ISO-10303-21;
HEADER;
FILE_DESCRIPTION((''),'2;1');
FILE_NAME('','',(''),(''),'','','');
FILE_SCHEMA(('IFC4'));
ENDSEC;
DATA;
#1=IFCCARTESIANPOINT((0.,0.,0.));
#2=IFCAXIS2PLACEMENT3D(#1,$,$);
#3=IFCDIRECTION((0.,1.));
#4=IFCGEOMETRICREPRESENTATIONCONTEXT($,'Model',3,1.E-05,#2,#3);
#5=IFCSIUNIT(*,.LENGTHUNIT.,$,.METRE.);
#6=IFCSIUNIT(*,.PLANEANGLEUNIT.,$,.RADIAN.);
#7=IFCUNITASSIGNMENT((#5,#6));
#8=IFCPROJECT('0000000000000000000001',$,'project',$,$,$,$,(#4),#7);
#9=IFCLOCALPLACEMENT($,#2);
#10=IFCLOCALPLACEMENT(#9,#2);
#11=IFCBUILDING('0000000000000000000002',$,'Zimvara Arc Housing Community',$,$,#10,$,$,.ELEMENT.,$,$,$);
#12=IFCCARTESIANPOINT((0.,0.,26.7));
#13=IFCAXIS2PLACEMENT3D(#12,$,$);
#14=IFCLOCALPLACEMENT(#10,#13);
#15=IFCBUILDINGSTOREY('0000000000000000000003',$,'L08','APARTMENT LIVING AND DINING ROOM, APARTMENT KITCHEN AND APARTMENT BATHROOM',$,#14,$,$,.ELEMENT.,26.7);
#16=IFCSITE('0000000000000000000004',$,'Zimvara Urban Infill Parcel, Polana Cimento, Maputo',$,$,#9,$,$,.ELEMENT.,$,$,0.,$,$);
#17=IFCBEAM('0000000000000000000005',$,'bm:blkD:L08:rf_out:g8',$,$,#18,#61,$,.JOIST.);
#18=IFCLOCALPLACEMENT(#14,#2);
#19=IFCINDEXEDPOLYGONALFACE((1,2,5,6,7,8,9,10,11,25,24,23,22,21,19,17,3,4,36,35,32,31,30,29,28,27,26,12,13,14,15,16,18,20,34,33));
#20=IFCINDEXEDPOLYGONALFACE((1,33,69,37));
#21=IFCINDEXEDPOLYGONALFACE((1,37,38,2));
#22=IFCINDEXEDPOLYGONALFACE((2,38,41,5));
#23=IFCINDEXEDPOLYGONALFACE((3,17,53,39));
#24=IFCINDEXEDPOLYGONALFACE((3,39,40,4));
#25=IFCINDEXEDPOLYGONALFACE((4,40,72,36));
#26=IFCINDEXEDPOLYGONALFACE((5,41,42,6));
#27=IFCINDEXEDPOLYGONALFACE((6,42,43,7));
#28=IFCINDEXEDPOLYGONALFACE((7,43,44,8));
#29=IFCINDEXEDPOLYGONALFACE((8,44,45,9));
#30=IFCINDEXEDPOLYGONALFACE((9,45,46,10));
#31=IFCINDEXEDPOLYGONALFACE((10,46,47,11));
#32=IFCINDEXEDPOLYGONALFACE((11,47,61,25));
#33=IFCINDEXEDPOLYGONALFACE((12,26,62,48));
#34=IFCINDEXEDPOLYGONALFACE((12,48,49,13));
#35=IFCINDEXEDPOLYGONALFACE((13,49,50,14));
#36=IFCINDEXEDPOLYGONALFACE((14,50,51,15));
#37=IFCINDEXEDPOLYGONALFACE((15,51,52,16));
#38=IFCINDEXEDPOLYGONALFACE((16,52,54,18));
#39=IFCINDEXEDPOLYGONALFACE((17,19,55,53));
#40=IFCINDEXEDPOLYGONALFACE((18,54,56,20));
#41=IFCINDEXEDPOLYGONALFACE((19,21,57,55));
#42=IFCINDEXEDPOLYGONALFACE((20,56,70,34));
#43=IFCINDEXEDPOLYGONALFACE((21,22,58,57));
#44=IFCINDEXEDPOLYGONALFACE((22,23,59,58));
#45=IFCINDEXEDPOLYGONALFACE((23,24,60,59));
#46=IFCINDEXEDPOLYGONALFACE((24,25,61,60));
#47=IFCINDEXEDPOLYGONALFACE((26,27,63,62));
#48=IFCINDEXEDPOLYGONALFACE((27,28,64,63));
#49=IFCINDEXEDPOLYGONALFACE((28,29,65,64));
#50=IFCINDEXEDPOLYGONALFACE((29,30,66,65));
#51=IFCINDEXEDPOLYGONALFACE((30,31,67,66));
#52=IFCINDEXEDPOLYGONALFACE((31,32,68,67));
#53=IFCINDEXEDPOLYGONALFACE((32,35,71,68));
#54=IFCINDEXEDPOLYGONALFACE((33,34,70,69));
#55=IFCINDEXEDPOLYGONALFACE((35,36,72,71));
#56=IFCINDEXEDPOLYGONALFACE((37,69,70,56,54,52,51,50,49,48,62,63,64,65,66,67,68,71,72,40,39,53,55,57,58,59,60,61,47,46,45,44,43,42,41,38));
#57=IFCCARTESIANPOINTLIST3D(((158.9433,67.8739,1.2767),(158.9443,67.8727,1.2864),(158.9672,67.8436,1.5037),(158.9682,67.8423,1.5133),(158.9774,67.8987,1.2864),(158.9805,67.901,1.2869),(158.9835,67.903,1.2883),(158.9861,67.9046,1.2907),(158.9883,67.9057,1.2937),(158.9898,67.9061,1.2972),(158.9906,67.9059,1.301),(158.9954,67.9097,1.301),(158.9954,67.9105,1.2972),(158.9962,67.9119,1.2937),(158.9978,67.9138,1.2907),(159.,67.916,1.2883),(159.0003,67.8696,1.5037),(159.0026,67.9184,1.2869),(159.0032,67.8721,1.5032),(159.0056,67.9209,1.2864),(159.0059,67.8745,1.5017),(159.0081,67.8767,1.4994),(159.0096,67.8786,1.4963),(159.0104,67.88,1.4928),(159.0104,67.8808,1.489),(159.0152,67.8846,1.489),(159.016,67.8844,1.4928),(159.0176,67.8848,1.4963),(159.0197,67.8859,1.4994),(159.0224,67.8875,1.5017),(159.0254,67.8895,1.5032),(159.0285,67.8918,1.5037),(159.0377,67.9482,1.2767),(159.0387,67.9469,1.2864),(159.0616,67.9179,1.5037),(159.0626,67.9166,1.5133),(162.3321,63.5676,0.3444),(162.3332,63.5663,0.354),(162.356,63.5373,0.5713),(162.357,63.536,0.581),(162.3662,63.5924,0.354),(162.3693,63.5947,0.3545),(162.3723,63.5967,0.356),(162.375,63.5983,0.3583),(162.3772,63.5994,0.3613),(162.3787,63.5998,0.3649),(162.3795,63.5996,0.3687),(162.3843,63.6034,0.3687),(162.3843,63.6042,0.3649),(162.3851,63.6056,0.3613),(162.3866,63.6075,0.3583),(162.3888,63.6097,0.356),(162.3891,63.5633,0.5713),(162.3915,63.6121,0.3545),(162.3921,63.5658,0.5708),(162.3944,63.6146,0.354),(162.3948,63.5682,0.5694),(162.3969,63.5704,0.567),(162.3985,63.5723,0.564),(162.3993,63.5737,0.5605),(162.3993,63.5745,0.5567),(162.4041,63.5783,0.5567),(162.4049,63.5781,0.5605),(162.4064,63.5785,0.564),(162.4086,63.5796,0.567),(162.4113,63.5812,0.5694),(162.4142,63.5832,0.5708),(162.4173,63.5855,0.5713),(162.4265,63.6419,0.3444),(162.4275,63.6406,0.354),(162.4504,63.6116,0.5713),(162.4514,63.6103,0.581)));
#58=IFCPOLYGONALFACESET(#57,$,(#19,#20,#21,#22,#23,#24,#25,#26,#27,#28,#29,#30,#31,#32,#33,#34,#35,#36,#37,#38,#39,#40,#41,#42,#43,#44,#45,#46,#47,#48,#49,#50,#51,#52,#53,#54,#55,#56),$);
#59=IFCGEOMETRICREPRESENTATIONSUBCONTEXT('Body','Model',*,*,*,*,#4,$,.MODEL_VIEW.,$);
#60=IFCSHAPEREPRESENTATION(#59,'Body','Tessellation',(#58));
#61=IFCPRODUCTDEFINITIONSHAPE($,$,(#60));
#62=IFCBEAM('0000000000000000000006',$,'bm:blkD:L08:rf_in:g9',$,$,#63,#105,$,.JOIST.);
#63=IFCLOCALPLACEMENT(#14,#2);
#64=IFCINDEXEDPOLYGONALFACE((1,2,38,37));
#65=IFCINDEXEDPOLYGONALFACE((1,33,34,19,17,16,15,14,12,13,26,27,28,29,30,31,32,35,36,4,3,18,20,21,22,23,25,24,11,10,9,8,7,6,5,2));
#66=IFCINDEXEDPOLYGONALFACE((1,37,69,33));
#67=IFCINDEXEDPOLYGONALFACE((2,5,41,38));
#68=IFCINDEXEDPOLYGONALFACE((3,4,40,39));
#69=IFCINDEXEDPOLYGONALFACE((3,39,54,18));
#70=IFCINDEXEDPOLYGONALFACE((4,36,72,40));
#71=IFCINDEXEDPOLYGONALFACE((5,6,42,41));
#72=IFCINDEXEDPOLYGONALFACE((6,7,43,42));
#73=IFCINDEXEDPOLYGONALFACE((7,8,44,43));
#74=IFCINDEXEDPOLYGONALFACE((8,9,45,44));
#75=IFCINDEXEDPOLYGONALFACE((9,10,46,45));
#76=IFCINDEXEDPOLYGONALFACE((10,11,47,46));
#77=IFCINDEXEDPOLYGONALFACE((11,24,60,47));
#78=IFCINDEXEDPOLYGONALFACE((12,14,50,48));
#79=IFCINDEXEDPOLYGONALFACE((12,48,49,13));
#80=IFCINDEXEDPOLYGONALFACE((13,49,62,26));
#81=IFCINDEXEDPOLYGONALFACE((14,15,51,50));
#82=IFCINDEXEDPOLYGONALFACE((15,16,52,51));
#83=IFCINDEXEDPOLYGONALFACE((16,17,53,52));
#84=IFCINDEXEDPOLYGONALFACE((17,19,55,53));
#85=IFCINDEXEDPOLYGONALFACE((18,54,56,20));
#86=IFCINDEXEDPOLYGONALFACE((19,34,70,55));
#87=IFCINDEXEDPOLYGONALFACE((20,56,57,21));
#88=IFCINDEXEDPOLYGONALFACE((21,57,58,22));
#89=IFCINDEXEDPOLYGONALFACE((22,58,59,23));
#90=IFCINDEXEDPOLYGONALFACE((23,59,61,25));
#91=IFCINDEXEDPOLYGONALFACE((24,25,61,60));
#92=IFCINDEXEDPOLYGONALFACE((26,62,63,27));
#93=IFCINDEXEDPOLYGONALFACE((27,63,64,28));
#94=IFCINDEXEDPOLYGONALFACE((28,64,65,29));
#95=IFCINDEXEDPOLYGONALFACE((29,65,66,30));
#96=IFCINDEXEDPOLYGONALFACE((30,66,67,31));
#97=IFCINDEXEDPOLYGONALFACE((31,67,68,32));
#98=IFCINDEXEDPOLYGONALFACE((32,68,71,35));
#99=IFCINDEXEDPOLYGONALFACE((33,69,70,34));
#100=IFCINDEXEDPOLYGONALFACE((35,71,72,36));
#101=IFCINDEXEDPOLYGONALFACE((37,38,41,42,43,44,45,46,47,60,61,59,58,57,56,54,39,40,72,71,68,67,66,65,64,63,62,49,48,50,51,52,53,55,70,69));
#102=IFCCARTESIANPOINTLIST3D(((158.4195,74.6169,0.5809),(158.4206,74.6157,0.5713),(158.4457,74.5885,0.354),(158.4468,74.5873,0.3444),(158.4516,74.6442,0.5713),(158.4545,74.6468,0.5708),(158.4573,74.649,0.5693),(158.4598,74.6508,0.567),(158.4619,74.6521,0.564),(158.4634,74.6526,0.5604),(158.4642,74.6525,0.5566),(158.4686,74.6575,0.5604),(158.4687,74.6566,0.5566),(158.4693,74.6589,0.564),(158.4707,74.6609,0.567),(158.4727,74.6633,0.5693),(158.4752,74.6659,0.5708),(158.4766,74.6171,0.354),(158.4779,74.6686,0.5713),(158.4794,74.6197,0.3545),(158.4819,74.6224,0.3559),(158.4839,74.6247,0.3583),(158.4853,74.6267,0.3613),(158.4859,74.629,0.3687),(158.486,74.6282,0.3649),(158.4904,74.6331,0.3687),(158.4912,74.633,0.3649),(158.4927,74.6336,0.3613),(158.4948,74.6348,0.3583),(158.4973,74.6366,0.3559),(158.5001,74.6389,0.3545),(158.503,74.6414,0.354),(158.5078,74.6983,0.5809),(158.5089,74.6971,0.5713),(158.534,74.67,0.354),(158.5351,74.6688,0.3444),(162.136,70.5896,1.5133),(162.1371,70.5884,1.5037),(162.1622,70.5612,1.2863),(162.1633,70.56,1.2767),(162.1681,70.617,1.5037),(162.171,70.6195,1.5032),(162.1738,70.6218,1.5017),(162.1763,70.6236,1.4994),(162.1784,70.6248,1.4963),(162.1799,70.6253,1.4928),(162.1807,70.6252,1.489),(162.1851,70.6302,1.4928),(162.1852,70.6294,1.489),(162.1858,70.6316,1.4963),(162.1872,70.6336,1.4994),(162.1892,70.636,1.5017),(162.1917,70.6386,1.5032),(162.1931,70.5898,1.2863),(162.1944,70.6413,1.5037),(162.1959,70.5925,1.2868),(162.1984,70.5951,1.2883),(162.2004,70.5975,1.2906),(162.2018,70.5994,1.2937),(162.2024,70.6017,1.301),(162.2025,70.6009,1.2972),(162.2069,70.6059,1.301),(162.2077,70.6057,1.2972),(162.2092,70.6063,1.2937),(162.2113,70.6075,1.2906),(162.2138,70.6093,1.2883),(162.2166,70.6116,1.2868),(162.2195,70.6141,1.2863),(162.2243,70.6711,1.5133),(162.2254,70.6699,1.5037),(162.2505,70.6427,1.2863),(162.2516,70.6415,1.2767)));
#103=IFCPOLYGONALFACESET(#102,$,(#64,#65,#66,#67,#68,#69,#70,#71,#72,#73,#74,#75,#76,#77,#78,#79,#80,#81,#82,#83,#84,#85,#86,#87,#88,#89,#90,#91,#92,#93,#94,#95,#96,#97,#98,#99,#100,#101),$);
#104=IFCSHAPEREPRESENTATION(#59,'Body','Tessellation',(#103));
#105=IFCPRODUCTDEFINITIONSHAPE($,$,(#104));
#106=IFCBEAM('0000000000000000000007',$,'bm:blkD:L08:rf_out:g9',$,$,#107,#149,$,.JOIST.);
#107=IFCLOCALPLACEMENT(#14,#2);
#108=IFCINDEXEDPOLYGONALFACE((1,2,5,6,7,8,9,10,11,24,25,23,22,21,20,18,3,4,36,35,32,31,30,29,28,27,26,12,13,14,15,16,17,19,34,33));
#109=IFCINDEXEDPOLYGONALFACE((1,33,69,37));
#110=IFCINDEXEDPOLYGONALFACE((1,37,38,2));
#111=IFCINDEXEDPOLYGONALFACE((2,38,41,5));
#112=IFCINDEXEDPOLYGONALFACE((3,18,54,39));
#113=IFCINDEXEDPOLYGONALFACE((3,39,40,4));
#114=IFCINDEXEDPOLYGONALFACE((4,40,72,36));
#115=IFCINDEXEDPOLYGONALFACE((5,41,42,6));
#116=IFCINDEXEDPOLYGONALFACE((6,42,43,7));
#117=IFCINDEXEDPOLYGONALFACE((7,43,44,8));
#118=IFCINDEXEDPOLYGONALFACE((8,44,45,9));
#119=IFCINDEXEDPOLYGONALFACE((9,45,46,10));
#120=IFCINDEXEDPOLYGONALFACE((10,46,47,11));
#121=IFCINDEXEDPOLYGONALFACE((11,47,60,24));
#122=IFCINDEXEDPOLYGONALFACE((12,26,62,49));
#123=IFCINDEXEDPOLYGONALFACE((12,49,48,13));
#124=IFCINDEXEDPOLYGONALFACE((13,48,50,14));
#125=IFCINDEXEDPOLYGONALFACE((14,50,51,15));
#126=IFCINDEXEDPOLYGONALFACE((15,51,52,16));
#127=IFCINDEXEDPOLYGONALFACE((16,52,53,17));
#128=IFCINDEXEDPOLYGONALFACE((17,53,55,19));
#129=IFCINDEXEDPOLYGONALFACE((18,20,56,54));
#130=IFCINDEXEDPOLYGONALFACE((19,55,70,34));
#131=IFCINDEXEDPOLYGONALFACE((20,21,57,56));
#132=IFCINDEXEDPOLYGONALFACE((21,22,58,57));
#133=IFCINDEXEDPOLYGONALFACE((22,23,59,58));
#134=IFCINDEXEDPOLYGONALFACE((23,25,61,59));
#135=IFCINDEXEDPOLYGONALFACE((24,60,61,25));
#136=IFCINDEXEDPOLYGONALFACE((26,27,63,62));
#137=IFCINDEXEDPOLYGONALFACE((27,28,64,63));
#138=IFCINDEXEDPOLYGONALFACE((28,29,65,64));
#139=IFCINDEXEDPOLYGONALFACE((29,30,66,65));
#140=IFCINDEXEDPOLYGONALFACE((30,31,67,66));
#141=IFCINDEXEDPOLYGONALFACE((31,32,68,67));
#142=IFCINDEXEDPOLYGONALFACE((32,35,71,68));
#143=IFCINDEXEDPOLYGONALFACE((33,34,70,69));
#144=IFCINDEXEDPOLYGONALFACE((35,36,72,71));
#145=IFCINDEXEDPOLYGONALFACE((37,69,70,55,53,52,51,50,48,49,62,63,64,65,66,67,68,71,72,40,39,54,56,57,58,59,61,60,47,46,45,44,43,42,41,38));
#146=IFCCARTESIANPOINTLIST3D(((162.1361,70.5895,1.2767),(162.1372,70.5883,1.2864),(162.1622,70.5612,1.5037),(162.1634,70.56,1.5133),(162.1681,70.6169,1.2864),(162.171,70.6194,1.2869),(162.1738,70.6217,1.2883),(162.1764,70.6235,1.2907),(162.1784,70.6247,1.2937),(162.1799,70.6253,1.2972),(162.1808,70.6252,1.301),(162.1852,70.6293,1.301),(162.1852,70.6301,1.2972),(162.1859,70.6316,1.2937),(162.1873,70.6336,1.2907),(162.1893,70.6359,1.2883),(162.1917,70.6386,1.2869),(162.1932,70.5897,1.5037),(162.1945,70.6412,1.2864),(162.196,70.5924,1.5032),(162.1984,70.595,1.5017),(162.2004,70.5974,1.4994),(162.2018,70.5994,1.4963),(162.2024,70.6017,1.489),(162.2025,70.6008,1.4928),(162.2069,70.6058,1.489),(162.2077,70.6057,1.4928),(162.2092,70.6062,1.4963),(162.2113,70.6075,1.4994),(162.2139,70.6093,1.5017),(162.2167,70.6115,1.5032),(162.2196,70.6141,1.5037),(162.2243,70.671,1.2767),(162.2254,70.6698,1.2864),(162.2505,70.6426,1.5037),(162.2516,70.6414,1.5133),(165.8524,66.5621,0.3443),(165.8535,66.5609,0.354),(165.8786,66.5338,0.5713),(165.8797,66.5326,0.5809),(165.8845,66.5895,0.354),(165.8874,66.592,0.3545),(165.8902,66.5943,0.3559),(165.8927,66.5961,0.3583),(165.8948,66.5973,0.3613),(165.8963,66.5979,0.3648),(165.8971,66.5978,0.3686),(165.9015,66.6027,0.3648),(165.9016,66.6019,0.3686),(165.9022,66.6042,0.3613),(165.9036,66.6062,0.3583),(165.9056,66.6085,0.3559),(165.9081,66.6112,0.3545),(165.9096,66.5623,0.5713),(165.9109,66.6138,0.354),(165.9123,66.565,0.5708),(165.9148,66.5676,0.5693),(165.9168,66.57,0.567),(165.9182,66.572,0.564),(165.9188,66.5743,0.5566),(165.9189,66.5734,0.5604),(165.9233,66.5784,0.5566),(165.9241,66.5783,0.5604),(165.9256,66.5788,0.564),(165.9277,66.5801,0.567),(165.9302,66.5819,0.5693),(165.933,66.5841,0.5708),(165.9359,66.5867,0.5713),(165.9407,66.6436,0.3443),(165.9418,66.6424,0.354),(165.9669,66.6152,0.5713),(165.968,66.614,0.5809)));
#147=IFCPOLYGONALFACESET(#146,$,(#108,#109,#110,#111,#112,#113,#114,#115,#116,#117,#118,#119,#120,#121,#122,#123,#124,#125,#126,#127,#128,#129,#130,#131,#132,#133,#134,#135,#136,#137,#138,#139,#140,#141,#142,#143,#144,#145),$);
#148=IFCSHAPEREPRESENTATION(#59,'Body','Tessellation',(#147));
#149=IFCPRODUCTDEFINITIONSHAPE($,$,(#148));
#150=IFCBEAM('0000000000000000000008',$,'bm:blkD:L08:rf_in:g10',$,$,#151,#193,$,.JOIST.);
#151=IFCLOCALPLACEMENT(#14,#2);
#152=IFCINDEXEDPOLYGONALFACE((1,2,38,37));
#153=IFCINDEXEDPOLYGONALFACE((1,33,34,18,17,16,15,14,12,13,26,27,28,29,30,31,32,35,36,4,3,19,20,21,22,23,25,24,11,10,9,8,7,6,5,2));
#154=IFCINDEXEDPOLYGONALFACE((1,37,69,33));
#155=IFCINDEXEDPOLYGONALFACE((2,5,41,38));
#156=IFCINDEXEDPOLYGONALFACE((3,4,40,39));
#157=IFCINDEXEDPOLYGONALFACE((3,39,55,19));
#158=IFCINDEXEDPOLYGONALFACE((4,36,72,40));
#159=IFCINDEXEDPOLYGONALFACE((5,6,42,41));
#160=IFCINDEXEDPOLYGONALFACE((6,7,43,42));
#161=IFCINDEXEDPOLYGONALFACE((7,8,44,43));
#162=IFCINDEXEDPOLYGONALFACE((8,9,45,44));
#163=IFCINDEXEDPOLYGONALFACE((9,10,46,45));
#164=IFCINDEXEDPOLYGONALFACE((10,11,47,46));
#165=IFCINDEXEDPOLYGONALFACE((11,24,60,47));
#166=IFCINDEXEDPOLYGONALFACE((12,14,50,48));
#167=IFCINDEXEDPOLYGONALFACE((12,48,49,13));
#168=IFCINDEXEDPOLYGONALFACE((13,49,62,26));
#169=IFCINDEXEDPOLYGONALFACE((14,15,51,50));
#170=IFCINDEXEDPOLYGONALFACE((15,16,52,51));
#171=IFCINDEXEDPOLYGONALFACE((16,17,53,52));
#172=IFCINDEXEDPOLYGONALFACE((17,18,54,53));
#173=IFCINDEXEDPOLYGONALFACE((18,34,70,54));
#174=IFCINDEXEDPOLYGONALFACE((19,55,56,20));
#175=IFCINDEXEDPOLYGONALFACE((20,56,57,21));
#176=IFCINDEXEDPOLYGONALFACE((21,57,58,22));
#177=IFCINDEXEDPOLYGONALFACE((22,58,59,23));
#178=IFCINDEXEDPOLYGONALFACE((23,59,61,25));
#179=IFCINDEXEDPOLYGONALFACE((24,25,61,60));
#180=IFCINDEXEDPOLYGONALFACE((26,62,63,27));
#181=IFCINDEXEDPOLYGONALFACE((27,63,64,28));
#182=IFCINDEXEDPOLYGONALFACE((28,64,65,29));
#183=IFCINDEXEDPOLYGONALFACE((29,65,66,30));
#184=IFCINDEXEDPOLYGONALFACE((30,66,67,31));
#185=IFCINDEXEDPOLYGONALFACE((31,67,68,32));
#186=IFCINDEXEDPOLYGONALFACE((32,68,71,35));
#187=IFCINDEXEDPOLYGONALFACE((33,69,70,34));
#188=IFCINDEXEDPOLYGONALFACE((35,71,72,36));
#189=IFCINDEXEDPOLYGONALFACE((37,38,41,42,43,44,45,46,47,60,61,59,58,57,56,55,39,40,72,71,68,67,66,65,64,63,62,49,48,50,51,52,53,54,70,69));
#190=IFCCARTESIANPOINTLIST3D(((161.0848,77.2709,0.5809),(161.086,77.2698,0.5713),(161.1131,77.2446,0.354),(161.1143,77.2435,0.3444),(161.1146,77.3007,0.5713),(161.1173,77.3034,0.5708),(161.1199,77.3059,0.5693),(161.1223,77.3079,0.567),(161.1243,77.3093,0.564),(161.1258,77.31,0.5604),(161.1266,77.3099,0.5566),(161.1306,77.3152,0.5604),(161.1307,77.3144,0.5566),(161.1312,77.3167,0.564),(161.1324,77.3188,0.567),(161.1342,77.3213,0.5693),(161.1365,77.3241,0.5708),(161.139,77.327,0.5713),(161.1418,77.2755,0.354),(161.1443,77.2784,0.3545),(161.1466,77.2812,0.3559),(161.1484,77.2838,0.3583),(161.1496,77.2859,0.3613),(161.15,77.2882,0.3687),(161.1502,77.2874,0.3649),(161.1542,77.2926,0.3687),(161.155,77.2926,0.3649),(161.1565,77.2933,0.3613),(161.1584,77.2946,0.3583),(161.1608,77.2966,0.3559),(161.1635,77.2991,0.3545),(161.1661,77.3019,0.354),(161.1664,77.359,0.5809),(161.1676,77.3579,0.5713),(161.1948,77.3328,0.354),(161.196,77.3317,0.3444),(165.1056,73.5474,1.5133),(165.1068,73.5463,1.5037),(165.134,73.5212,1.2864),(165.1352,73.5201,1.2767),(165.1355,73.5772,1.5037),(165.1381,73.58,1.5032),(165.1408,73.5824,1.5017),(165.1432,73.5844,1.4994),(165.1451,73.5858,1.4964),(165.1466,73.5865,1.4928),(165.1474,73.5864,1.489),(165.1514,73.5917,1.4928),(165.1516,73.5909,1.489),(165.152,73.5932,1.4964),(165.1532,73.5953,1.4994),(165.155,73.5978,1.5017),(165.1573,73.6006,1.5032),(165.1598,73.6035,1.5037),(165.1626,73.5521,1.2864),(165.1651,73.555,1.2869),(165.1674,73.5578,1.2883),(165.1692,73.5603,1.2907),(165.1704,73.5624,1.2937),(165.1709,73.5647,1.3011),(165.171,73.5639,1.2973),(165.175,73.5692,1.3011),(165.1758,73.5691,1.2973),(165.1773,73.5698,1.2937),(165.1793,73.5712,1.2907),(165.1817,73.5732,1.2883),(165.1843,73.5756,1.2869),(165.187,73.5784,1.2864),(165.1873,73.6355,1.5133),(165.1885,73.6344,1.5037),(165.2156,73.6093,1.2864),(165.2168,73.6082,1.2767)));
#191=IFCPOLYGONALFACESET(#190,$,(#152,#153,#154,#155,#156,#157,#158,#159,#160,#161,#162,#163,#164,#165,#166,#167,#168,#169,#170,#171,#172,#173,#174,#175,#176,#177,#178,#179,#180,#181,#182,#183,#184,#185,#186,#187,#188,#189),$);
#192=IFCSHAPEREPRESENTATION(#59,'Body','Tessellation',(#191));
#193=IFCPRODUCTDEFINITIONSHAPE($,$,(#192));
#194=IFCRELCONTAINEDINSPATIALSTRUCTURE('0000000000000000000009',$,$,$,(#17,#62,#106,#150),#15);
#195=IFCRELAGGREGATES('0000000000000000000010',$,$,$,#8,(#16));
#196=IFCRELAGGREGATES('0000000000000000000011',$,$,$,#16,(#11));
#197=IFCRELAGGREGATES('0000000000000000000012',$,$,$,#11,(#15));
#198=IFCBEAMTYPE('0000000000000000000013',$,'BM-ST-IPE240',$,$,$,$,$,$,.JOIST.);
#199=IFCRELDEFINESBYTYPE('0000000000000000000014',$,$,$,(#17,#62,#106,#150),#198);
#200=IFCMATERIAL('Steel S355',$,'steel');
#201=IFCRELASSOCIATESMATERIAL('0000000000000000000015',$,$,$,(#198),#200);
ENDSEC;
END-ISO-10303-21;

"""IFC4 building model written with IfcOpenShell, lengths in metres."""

from ifc_helpers import new_model, si_unit, direction, frame, origin, origin_2d, place, context, subcontext, project, spatial, i_section, extrude, material, material_profile, profile_set, type_object, element, save


model = new_model("IFC4")

# Units and contexts
model_context = context("Model", 3, precision=1e-05, world=origin(), true_north=direction((0.0, 1.0)))
body_context = subcontext(model_context, "Body", "Model", "MODEL_VIEW")
ifc_project = project(units=[si_unit("LENGTHUNIT", "METRE"), si_unit("PLANEANGLEUNIT", "RADIAN")], contexts=[model_context])

# Site, building, storey
site_placement = place(None, origin())
site = spatial("IfcSite", under=ifc_project, at=site_placement, Name="Zimvara Urban Infill Parcel, Polana Cimento, Maputo", CompositionType="ELEMENT", RefElevation=0.0)
building_placement = place(site_placement, origin())
building = spatial("IfcBuilding", under=site, at=building_placement, Name="Zimvara Arc Housing Community", CompositionType="ELEMENT")
storey_placement = place(building_placement, frame((0.0, 0.0, 26.7)))
storey = spatial("IfcBuildingStorey", under=building, at=storey_placement, Name="L08", Description="APARTMENT LIVING AND DINING ROOM, APARTMENT KITCHEN AND APARTMENT BATHROOM", CompositionType="ELEMENT", Elevation=26.7)

# Beams
ifc_material_1 = material(Name="Steel S355", Category="steel")
ifc_material_profile_1 = material_profile(ifc_material_1, i_section(OverallWidth=0.1201, OverallDepth=0.24, WebThickness=0.0061, FlangeThickness=0.0098, FilletRadius=0.0149, at=origin_2d()), Name="IPE 240")
ifc_profile_set_1 = profile_set([ifc_material_profile_1], Name="Steel S355")
beam_type_1 = type_object("IfcBeamType", Name="BM-ST-IPE240", PredefinedType="JOIST", material=ifc_profile_set_1)
for number, where, z_axis, x_axis, name in (
    (1, (159.0029, 67.8953, 1.395), (0.60966, -0.774713, -0.167732), (0.785847, 0.618421, 0.0), "bm:blkD:L08:rf_out:g8"),
):
    element("IfcBeam", number, at=place(storey_placement, frame(where, z_axis=z_axis, x_axis=x_axis)), inside=storey, type_object=beam_type_1, Name=name, PredefinedType="JOIST", context=body_context, shape_type="SweptSolid", body=[
        extrude(i_section(OverallWidth=0.1201, OverallDepth=0.24, WebThickness=0.0061, FlangeThickness=0.0098, FilletRadius=0.0149, at=origin_2d()), origin(), (0.0, 0.0, 1.0), 5.5586),
    ])
for number, where, z_axis, x_axis, name in (
    (2, (158.4773, 74.6428, 0.4626), (0.668575, -0.724483, 0.167726), (0.734894, 0.678182, 0.0), "bm:blkD:L08:rf_in:g9"),
    (3, (162.1938, 70.6155, 1.395), (0.66855, -0.724505, -0.167731), (0.734916, 0.678158, 0.0), "bm:blkD:L08:rf_out:g9"),
    (4, (161.1404, 77.3013, 0.4626), (0.723323, -0.669828, 0.167732), (0.679454, 0.733718, 0.0), "bm:blkD:L08:rf_in:g10"),
):
    element("IfcBeam", number, at=place(storey_placement, frame(where, z_axis=z_axis, x_axis=x_axis)), inside=storey, type_object=beam_type_1, Name=name, PredefinedType="JOIST", context=body_context, shape_type="SweptSolid", body=[
        extrude(i_section(OverallWidth=0.1201, OverallDepth=0.24, WebThickness=0.0061, FlangeThickness=0.0098, FilletRadius=0.0149, at=origin_2d()), origin(), (0.0, 0.0, 1.0), 5.5588),
    ])

save(model, "model.ifc")
